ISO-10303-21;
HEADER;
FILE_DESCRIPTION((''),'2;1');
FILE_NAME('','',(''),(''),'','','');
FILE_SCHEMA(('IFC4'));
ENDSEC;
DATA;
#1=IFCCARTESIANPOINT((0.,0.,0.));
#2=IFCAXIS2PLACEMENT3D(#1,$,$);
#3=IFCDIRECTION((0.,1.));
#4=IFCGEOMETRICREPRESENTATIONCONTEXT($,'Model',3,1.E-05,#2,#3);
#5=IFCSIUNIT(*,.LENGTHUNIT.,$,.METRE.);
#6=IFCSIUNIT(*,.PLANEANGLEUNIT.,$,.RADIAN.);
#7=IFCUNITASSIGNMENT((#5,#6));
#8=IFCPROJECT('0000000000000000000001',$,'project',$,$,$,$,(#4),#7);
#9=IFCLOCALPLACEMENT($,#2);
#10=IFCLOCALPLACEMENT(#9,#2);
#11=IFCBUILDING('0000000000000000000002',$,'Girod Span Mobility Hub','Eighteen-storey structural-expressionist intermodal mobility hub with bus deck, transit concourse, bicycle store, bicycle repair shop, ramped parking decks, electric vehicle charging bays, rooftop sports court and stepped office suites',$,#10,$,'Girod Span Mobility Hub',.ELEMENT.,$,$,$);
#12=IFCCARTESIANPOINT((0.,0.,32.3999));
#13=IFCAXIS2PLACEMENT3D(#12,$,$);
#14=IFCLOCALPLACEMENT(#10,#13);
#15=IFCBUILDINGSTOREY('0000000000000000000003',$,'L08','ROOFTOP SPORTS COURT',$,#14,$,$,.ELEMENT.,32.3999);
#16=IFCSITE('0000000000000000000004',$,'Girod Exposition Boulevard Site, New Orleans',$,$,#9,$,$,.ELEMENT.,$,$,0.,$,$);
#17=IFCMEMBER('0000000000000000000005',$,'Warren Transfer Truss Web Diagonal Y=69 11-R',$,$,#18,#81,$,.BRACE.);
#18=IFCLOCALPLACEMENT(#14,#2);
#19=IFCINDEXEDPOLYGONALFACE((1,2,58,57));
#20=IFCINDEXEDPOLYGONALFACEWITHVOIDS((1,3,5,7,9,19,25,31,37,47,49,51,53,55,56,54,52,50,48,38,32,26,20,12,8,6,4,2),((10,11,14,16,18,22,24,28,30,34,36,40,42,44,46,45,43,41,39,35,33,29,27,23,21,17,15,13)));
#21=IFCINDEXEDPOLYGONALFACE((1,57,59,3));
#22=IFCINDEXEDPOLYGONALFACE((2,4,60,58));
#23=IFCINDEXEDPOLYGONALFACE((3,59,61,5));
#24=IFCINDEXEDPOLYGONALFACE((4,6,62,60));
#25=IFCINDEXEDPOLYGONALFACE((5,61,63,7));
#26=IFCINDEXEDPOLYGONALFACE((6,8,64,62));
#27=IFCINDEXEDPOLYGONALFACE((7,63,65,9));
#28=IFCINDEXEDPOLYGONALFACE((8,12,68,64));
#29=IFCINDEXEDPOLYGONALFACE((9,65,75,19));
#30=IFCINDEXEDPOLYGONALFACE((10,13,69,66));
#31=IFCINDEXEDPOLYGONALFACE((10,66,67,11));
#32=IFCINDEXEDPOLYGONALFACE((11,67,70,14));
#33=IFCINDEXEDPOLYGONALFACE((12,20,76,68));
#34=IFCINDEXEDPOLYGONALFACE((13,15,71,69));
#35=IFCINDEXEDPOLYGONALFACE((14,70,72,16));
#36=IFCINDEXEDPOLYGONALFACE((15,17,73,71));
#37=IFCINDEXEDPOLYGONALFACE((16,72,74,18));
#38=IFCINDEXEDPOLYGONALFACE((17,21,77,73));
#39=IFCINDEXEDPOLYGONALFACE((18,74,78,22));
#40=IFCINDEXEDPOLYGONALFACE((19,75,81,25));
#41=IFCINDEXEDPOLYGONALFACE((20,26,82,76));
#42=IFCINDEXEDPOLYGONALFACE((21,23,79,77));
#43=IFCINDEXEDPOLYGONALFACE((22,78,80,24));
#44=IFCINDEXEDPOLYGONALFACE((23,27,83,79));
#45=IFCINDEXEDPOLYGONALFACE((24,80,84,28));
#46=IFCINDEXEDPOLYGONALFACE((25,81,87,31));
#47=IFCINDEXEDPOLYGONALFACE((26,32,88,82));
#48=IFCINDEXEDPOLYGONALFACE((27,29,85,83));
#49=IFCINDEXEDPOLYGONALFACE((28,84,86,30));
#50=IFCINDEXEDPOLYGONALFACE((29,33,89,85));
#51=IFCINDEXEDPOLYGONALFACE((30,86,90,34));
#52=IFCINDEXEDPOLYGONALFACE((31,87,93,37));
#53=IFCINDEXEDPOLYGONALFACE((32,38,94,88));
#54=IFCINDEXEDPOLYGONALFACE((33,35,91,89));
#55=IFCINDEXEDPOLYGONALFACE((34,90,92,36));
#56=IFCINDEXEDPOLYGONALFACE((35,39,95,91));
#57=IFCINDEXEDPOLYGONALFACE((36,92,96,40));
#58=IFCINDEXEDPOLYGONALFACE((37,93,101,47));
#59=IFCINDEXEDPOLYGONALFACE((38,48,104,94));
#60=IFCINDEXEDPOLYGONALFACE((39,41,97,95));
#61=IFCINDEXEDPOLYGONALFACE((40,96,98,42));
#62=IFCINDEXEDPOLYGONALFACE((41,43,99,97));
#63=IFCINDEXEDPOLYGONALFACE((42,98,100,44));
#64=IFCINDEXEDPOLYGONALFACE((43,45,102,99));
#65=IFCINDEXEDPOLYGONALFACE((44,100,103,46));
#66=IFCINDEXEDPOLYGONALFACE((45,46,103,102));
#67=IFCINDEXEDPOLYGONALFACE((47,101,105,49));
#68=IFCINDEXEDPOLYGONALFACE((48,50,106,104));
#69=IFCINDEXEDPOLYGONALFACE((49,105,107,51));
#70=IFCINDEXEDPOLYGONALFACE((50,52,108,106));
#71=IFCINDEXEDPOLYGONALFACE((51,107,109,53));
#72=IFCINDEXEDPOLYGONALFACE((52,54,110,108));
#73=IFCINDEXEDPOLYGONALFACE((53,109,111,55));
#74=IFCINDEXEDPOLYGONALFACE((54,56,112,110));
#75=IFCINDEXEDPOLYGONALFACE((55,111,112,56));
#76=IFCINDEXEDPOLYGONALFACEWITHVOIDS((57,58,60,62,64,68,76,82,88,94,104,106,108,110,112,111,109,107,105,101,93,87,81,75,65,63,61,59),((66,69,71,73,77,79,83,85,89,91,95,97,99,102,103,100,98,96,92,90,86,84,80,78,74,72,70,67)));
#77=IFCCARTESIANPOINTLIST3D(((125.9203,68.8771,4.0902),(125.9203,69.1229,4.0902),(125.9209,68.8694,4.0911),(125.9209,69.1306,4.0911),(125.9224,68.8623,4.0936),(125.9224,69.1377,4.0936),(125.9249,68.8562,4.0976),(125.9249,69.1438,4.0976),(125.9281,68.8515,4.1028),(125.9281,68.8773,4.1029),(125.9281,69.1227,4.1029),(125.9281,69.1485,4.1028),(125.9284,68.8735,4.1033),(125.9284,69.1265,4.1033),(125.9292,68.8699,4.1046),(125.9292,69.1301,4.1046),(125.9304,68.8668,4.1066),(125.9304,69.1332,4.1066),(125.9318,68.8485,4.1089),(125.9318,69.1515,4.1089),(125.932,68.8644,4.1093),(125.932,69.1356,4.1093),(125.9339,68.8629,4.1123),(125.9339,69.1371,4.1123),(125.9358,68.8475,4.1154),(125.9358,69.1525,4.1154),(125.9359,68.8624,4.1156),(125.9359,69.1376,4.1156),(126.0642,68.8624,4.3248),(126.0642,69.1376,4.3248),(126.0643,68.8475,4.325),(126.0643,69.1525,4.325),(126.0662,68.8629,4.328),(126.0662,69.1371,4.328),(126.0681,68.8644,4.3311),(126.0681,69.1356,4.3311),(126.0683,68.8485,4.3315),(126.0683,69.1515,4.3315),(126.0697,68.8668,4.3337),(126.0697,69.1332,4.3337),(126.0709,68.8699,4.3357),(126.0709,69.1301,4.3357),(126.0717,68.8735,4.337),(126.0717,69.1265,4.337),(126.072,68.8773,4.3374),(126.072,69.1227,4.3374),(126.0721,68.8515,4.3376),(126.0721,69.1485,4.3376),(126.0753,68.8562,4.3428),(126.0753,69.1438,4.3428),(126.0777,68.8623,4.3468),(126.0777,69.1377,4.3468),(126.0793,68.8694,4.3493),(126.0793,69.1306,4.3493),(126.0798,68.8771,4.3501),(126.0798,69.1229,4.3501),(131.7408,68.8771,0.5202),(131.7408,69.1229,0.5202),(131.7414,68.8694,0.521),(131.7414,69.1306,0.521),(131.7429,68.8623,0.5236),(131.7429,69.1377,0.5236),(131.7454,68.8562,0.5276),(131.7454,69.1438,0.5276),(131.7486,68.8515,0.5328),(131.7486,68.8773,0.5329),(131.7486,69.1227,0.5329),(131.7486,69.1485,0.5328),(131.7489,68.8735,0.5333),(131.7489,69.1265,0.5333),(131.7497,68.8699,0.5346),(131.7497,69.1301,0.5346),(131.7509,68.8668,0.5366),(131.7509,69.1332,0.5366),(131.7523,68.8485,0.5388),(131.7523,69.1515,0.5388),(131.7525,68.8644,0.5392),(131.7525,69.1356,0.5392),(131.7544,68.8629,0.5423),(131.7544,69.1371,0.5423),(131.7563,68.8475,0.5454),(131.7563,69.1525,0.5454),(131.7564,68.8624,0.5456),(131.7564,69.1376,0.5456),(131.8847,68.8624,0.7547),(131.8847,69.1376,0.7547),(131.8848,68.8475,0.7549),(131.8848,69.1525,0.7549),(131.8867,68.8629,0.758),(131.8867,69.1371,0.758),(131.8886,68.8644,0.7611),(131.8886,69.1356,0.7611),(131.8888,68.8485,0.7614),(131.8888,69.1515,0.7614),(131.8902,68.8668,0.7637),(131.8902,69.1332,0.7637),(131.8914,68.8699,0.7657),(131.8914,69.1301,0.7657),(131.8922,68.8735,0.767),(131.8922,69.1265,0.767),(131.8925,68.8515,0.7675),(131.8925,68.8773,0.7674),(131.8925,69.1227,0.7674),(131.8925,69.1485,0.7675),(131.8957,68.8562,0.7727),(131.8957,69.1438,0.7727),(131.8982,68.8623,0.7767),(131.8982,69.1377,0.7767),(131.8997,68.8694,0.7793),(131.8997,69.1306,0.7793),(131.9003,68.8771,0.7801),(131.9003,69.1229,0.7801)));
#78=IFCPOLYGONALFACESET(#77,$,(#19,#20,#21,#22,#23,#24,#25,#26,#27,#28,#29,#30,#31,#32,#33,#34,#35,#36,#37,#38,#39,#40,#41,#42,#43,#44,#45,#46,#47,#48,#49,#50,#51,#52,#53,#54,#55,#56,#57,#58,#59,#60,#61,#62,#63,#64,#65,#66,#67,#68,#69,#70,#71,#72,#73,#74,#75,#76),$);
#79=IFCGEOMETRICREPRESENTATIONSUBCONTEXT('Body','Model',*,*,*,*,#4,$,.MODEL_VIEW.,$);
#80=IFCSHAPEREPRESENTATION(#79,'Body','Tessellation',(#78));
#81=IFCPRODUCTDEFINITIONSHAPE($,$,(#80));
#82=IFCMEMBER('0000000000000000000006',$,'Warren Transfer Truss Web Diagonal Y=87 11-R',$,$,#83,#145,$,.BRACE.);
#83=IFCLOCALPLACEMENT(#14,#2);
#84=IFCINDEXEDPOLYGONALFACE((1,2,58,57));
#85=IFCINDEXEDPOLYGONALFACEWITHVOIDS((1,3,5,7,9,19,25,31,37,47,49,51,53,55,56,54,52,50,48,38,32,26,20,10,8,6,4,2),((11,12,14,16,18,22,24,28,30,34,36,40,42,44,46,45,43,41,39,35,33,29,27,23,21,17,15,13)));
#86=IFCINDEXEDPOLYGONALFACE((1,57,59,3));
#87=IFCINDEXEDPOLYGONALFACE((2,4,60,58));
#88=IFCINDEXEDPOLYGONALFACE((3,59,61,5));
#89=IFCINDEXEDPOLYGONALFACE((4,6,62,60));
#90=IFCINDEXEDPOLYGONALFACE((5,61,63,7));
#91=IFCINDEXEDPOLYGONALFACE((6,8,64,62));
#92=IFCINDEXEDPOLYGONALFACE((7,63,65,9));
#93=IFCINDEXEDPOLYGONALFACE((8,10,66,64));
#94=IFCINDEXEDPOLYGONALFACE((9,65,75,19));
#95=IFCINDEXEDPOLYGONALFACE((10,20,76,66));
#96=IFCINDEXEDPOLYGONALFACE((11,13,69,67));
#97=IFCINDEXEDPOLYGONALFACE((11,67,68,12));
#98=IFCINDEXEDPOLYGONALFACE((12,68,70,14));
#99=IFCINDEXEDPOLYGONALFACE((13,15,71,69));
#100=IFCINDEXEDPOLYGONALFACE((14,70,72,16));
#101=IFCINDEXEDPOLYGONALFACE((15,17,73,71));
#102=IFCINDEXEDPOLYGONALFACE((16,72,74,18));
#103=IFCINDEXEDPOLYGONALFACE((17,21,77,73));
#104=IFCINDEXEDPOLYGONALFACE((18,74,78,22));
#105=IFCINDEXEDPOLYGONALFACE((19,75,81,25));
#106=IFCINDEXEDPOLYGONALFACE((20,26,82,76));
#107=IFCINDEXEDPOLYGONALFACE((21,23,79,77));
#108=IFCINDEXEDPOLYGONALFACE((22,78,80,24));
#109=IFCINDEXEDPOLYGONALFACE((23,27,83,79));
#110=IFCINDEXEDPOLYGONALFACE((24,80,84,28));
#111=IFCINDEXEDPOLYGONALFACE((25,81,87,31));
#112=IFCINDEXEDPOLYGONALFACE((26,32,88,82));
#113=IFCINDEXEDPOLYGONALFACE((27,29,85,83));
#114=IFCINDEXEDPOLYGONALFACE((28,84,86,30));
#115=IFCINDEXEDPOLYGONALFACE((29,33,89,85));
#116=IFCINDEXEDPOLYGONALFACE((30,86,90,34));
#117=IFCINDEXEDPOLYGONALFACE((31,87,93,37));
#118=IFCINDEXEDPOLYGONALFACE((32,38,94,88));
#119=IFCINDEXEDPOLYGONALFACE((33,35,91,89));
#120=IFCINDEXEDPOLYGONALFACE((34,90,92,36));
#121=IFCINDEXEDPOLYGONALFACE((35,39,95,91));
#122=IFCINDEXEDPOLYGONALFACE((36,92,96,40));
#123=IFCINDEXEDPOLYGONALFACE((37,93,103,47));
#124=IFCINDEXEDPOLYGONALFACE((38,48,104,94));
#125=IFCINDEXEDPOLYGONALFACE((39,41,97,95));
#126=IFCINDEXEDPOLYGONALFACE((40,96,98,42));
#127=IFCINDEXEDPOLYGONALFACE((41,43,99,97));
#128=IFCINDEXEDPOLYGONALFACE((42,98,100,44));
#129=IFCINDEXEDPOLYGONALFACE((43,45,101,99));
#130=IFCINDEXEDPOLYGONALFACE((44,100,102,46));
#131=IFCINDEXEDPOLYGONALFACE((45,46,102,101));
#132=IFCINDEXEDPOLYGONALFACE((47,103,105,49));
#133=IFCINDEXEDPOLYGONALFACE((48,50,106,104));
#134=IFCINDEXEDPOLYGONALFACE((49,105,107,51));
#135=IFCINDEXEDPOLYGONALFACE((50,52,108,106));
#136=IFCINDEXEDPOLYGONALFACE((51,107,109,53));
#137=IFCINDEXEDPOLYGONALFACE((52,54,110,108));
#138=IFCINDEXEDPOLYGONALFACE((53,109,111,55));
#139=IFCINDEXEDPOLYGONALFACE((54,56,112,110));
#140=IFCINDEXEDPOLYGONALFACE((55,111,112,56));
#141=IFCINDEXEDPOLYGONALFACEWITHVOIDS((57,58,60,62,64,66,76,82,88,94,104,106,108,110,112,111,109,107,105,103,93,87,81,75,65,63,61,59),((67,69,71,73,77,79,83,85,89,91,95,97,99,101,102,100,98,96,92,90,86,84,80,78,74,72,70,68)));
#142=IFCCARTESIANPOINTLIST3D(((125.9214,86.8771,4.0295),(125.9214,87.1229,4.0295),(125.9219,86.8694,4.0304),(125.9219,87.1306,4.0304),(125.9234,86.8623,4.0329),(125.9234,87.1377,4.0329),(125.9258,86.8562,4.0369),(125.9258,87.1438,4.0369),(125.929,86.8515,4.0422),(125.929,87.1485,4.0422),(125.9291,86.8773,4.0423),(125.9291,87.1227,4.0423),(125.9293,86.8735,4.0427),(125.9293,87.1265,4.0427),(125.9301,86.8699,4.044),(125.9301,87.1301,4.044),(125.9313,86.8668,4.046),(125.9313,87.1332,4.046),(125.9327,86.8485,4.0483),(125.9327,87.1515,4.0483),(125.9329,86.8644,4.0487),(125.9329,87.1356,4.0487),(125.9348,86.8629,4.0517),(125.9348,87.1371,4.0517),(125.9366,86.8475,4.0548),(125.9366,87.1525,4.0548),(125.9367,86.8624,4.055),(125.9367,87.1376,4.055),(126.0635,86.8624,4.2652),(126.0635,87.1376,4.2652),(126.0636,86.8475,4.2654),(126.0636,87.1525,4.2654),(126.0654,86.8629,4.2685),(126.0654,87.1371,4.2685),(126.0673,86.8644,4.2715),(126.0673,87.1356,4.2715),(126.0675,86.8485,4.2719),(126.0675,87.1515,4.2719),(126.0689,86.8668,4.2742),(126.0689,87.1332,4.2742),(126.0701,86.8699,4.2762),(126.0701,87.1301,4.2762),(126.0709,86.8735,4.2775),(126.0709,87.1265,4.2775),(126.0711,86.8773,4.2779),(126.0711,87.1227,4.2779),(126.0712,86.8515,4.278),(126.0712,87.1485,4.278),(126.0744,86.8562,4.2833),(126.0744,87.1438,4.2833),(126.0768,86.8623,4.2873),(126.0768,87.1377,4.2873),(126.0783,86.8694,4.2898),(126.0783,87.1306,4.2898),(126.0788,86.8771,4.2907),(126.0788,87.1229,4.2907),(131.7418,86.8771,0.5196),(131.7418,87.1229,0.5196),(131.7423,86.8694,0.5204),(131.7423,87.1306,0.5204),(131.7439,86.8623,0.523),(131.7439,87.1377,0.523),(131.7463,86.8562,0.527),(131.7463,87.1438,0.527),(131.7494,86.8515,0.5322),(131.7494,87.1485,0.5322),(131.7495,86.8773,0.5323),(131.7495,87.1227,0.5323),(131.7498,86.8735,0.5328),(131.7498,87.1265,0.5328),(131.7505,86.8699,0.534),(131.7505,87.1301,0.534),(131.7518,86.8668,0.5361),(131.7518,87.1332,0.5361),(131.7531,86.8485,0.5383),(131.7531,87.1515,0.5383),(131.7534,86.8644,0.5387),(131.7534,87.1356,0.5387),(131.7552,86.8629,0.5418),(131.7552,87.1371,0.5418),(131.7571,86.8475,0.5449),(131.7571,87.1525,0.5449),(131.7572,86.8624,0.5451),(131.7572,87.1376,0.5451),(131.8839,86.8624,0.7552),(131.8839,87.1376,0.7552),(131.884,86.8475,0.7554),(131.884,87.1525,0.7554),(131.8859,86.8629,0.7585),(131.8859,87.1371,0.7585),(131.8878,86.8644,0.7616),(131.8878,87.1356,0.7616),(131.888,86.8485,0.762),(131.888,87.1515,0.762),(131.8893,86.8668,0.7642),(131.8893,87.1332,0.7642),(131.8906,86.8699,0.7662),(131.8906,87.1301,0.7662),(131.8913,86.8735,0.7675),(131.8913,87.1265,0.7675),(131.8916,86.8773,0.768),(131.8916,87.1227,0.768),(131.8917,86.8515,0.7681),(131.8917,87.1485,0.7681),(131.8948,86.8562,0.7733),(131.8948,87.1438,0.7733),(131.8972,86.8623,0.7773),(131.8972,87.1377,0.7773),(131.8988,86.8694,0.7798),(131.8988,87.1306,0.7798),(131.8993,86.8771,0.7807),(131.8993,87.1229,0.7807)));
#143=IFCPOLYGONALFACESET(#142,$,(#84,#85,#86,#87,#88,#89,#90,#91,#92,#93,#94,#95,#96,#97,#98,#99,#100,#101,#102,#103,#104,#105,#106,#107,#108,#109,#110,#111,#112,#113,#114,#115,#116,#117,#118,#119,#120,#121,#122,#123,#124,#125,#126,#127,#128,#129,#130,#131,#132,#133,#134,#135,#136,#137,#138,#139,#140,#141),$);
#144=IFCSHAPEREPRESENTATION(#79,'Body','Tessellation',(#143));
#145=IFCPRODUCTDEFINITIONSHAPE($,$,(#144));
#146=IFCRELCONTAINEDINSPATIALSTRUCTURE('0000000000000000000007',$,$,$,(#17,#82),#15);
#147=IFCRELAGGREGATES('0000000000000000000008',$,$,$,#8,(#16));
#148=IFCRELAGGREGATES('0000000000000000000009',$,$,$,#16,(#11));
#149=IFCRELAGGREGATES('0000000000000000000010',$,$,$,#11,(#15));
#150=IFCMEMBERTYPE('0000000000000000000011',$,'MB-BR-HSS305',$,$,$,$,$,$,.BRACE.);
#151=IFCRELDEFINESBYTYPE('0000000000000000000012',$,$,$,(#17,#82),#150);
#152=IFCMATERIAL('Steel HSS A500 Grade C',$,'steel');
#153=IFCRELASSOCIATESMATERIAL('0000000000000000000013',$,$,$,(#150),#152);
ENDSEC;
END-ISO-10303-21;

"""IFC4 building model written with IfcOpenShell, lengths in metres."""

from ifc_helpers import new_model, si_unit, direction, frame, origin, origin_2d, place, context, subcontext, project, spatial, hollow_rectangle, extrude, material, material_profile, profile_set, type_object, element, save


model = new_model("IFC4")

# Units and contexts
model_context = context("Model", 3, precision=1e-05, world=origin(), true_north=direction((0.0, 1.0)))
body_context = subcontext(model_context, "Body", "Model", "MODEL_VIEW")
ifc_project = project(units=[si_unit("LENGTHUNIT", "METRE"), si_unit("PLANEANGLEUNIT", "RADIAN")], contexts=[model_context])

# Site, building, storey
site_placement = place(None, origin())
site = spatial("IfcSite", under=ifc_project, at=site_placement, Name="Girod Exposition Boulevard Site, New Orleans", CompositionType="ELEMENT", RefElevation=0.0)
building_placement = place(site_placement, origin())
building = spatial("IfcBuilding", under=site, at=building_placement, Name="Girod Span Mobility Hub", Description="Eighteen-storey structural-expressionist intermodal mobility hub with bus deck, transit concourse, bicycle store, bicycle repair shop, ramped parking decks, electric vehicle charging bays, rooftop sports court and stepped office suites", LongName="Girod Span Mobility Hub", CompositionType="ELEMENT")
storey_placement = place(building_placement, frame((0.0, 0.0, 32.3999)))
storey = spatial("IfcBuildingStorey", under=building, at=storey_placement, Name="L08", Description="ROOFTOP SPORTS COURT", CompositionType="ELEMENT", Elevation=32.3999)

# Members
ifc_material_1 = material(Name="Steel HSS A500 Grade C", Category="steel")
ifc_material_profile_1 = material_profile(ifc_material_1, hollow_rectangle(XDim=0.3049, YDim=0.3049, WallThickness=0.0149, InnerFilletRadius=0.0149, OuterFilletRadius=0.0295, at=origin_2d()), Name="HSS305X305X16")
ifc_profile_set_1 = profile_set([ifc_material_profile_1], Name="Steel HSS A500 Grade C")
member_type_1 = type_object("IfcMemberType", Name="MB-BR-HSS305", PredefinedType="BRACE", material=ifc_profile_set_1)
member_1_placement = place(storey_placement, frame((131.8206, 69.0, 0.6501), z_axis=(-0.85243, 0.0, 0.522842), x_axis=(0.0, -1.0, 0.0)))
element("IfcMember", 1, at=member_1_placement, inside=storey, type_object=member_type_1, Name="Warren Transfer Truss Web Diagonal Y=69 11-R", PredefinedType="BRACE", context=body_context, shape_type="SweptSolid", body=[
    extrude(hollow_rectangle(XDim=0.3049, YDim=0.3049, WallThickness=0.0149, InnerFilletRadius=0.0149, OuterFilletRadius=0.0295, at=origin_2d()), origin(), (0.0, 0.0, 1.0), 6.8281),
])
for number, where, z_axis, x_axis, name in (
    (2, (131.8206, 87.0, 0.6501), (-0.856344, 0.0, 0.516407), (0.0, -1.0, 0.0), "Warren Transfer Truss Web Diagonal Y=87 11-R"),
):
    element("IfcMember", number, at=place(storey_placement, frame(where, z_axis=z_axis, x_axis=x_axis)), inside=storey, type_object=member_type_1, Name=name, PredefinedType="BRACE", context=body_context, shape_type="SweptSolid", body=[
        extrude(hollow_rectangle(XDim=0.3049, YDim=0.3049, WallThickness=0.0149, InnerFilletRadius=0.0149, OuterFilletRadius=0.0295, at=origin_2d()), origin(), (0.0, 0.0, 1.0), 6.7969),
    ])

save(model, "model.ifc")
